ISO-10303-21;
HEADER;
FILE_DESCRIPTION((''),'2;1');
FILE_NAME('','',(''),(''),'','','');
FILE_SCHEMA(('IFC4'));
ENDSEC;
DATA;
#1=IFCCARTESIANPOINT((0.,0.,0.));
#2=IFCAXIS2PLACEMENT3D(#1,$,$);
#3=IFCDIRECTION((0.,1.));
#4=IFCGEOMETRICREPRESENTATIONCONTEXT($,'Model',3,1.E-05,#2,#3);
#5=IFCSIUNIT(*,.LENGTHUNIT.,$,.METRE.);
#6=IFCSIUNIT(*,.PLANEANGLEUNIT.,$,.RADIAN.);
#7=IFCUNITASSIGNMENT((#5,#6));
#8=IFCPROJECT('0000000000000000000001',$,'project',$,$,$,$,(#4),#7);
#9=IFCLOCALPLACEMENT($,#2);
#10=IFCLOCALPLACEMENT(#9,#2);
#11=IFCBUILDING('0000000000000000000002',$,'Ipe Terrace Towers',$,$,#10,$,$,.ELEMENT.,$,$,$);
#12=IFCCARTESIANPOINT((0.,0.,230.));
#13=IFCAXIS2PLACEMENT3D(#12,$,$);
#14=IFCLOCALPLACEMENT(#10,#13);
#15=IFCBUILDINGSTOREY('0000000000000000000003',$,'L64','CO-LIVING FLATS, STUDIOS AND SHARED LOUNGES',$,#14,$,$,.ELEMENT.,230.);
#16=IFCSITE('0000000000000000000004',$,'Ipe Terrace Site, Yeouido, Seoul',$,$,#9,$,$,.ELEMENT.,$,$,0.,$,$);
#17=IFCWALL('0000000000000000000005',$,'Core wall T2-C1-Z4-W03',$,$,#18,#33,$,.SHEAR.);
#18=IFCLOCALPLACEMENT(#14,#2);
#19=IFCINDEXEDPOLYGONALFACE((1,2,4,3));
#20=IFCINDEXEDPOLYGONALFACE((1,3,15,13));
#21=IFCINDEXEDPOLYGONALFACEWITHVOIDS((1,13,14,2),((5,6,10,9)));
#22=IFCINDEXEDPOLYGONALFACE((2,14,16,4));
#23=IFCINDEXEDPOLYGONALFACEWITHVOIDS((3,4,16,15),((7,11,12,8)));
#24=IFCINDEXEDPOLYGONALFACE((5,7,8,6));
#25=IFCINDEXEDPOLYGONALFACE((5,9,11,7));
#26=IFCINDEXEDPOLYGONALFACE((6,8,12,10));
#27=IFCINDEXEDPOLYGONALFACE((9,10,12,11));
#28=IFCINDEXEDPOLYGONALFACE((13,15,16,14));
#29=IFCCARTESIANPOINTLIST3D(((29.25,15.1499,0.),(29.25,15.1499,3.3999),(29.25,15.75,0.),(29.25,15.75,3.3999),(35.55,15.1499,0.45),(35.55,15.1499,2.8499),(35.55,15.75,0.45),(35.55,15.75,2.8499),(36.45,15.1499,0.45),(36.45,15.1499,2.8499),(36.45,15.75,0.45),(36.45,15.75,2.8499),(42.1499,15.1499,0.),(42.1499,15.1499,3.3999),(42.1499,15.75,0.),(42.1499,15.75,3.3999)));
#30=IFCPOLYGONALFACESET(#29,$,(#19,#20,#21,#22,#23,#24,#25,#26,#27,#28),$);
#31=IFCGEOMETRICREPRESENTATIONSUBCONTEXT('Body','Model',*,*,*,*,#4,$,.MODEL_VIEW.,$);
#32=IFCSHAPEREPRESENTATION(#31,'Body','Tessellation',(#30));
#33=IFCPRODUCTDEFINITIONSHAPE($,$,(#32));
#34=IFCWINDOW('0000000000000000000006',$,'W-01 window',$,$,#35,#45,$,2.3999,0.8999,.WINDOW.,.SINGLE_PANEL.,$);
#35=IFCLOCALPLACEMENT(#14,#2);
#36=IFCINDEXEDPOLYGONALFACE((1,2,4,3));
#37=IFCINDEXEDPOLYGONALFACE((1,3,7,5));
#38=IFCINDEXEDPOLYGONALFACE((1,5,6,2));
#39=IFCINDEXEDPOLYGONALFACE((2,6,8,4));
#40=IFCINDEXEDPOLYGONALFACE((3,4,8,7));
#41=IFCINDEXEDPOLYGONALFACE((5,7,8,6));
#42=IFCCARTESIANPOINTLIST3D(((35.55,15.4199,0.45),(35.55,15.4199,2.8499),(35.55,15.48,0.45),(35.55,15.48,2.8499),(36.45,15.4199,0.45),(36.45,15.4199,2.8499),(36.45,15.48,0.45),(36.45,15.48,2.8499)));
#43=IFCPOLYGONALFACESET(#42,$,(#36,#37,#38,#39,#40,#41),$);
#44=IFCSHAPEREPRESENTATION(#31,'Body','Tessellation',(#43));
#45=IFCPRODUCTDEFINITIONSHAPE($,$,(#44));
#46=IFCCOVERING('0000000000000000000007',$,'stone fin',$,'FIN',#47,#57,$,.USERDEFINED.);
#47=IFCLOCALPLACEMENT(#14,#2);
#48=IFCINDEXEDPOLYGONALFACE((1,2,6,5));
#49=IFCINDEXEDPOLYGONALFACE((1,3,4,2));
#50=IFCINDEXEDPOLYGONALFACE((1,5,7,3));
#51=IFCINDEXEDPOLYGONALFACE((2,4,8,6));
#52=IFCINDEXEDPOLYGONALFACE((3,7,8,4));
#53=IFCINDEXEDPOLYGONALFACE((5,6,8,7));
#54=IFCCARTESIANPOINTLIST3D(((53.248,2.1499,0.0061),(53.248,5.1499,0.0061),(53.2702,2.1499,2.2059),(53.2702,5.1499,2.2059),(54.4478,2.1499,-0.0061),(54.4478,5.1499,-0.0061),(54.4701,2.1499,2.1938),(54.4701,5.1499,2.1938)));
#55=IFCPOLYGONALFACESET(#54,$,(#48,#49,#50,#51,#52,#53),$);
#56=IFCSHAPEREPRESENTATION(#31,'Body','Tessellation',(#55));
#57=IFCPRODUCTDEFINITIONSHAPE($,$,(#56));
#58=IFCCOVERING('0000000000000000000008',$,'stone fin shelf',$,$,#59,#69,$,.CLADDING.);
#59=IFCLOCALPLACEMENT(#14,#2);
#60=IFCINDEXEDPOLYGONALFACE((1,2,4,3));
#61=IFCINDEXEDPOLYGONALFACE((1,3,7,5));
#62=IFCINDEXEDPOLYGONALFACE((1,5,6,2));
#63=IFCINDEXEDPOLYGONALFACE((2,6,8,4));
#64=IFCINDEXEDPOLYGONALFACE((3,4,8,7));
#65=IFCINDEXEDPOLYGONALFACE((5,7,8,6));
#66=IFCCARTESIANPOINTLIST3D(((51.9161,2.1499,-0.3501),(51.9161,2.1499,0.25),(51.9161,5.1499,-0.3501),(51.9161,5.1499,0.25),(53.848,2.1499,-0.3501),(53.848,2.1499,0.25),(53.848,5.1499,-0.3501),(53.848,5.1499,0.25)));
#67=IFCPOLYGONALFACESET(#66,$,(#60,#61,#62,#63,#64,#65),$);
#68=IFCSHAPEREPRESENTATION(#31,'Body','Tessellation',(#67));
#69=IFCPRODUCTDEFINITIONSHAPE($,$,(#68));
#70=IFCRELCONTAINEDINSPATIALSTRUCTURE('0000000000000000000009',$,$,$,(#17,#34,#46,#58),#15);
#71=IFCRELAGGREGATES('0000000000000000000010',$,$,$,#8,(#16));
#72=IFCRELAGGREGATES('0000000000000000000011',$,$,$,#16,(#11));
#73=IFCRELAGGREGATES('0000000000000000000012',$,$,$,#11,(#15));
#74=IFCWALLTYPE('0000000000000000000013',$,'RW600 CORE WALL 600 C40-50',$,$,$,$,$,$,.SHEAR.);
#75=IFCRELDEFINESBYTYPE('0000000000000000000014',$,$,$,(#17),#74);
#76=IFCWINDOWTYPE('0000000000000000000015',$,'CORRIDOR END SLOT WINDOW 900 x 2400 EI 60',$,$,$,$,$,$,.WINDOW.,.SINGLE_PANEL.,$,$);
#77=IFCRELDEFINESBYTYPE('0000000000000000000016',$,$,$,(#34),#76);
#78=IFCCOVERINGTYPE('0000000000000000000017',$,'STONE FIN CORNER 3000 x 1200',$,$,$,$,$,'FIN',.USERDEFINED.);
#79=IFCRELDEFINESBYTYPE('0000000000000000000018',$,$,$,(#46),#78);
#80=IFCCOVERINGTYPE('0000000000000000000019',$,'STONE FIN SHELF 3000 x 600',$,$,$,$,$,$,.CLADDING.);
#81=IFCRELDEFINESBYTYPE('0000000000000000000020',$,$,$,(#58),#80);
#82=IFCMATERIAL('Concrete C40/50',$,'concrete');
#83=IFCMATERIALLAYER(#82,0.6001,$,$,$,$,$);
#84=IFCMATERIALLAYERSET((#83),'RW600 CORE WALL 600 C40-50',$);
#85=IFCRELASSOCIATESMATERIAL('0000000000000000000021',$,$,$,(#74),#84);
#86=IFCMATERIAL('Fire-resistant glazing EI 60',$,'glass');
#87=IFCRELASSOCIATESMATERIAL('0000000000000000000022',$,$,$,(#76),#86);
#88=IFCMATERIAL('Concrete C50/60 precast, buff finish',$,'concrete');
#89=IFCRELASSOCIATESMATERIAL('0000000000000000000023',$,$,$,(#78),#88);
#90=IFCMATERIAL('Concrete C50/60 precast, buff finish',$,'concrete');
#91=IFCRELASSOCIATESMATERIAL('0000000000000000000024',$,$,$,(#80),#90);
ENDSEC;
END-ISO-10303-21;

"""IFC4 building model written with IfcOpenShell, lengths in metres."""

from ifc_helpers import new_model, si_unit, direction, frame, frame_2d, origin, origin_2d, place, context, subcontext, project, spatial, rectangle, extrude, material, layer, layer_set, material_profile, profile_set, type_object, element, fill, save


model = new_model("IFC4")

# Units and contexts
model_context = context("Model", 3, precision=1e-05, world=origin(), true_north=direction((0.0, 1.0)))
body_context = subcontext(model_context, "Body", "Model", "MODEL_VIEW")
ifc_project = project(units=[si_unit("LENGTHUNIT", "METRE"), si_unit("PLANEANGLEUNIT", "RADIAN")], contexts=[model_context])

# Site, building, storey
site_placement = place(None, origin())
site = spatial("IfcSite", under=ifc_project, at=site_placement, Name="Ipe Terrace Site, Yeouido, Seoul", CompositionType="ELEMENT", RefElevation=0.0)
building_placement = place(site_placement, origin())
building = spatial("IfcBuilding", under=site, at=building_placement, Name="Ipe Terrace Towers", CompositionType="ELEMENT")
storey_placement = place(building_placement, frame((0.0, 0.0, 230.0)))
storey = spatial("IfcBuildingStorey", under=building, at=storey_placement, Name="L64", Description="CO-LIVING FLATS, STUDIOS AND SHARED LOUNGES", CompositionType="ELEMENT", Elevation=230.0)

# Shared definitions
ifc_material_1 = material(Name="Concrete C40/50", Category="concrete")
ifc_layer_1 = layer(ifc_material_1, 0.6001)
ifc_layer_set_1 = layer_set([ifc_layer_1], Name="RW600 CORE WALL 600 C40-50")
wall_type_1 = type_object("IfcWallType", Name="RW600 CORE WALL 600 C40-50", PredefinedType="SHEAR", material=ifc_layer_set_1)

# Wall, opening, window
wall_1_placement = place(storey_placement, frame((42.1499, 15.45, 0.0), z_axis=(0.0, 0.0, 1.0), x_axis=(-1.0, 0.0, 0.0)))
wall_1 = element("IfcWall", 1, at=wall_1_placement, inside=storey, type_object=wall_type_1, Name="Core wall T2-C1-Z4-W03", PredefinedType="SHEAR", context=body_context, shape_type="SweptSolid", body=[
    extrude(rectangle(XDim=12.8999, YDim=0.6001, at=frame_2d((6.45, 0.0))), origin(), (0.0, 0.0, 1.0), 3.3999),
])
opening_1_placement = place(wall_1_placement, frame((5.7, 0.0, 0.45)))
opening_1 = element("IfcOpeningElement", 2, at=opening_1_placement, cuts=wall_1, PredefinedType="OPENING", context=body_context, shape_type="SweptSolid", body=[
    extrude(rectangle(XDim=0.8999, YDim=2.3999, at=frame_2d((0.45, 1.2))), frame((0.0, 0.3101, 0.0), z_axis=(0.0, -1.0, 0.0), x_axis=(1.0, 0.0, 0.0)), (0.0, 0.0, 1.0), 0.6201),
])
ifc_material_2 = material(Name="Fire-resistant glazing EI 60", Category="glass")
window_type = type_object("IfcWindowType", Name="CORRIDOR END SLOT WINDOW 900 x 2400 EI 60", PartitioningType="SINGLE_PANEL", PredefinedType="WINDOW", material=ifc_material_2)
window_placement = place(opening_1_placement, origin())
window = element("IfcWindow", 3, at=window_placement, inside=storey, type_object=window_type, Name="W-01 window", OverallHeight=2.3999, OverallWidth=0.8999, PartitioningType="SINGLE_PANEL", PredefinedType="WINDOW", context=body_context, shape_type="SweptSolid", body=[
    extrude(rectangle(XDim=0.8999, YDim=2.3999, at=frame_2d((0.45, 1.2))), frame((0.0, 0.03, 0.0), z_axis=(0.0, -1.0, 0.0), x_axis=(1.0, 0.0, 0.0)), (0.0, 0.0, 1.0), 0.0601),
])
fill(opening_1, window)

# Coverings
ifc_material_3 = material(Name="Concrete C50/60 precast, buff finish", Category="concrete")
ifc_material_profile_1 = material_profile(ifc_material_3, rectangle(XDim=3.0, YDim=1.2, at=origin_2d()), Name="STONE FIN CORNER 3000 x 1200")
ifc_profile_set_1 = profile_set([ifc_material_profile_1], Name="Concrete C50/60 precast, buff finish")
covering_type_1 = type_object("IfcCoveringType", Name="STONE FIN CORNER 3000 x 1200", ElementType="FIN", PredefinedType="USERDEFINED", material=ifc_profile_set_1)
covering_1_placement = place(storey_placement, frame((53.8479, 3.6499, 0.0), z_axis=(0.010098, 0.0, 0.999949), x_axis=(0.0, 1.0, 0.0)))
element("IfcCovering", 4, at=covering_1_placement, inside=storey, type_object=covering_type_1, Name="stone fin", ObjectType="FIN", PredefinedType="USERDEFINED", context=body_context, shape_type="SweptSolid", body=[
    extrude(rectangle(XDim=3.0, YDim=1.2, at=origin_2d()), origin(), (0.0, 0.0, 1.0), 2.2),
])
ifc_material_4 = material(Name="Concrete C50/60 precast, buff finish", Category="concrete")
covering_type_2 = type_object("IfcCoveringType", Name="STONE FIN SHELF 3000 x 600", PredefinedType="CLADDING", material=ifc_material_4)
covering_2_placement = place(storey_placement, frame((52.8821, 3.6499, -0.3501), z_axis=(0.0, 0.0, 1.0), x_axis=(0.0, 1.0, 0.0)))
element("IfcCovering", 5, at=covering_2_placement, inside=storey, type_object=covering_type_2, Name="stone fin shelf", PredefinedType="CLADDING", context=body_context, shape_type="SweptSolid", body=[
    extrude(rectangle(XDim=3.0, YDim=1.9319, at=origin_2d()), origin(), (0.0, 0.0, 1.0), 0.6001),
])

save(model, "model.ifc")
